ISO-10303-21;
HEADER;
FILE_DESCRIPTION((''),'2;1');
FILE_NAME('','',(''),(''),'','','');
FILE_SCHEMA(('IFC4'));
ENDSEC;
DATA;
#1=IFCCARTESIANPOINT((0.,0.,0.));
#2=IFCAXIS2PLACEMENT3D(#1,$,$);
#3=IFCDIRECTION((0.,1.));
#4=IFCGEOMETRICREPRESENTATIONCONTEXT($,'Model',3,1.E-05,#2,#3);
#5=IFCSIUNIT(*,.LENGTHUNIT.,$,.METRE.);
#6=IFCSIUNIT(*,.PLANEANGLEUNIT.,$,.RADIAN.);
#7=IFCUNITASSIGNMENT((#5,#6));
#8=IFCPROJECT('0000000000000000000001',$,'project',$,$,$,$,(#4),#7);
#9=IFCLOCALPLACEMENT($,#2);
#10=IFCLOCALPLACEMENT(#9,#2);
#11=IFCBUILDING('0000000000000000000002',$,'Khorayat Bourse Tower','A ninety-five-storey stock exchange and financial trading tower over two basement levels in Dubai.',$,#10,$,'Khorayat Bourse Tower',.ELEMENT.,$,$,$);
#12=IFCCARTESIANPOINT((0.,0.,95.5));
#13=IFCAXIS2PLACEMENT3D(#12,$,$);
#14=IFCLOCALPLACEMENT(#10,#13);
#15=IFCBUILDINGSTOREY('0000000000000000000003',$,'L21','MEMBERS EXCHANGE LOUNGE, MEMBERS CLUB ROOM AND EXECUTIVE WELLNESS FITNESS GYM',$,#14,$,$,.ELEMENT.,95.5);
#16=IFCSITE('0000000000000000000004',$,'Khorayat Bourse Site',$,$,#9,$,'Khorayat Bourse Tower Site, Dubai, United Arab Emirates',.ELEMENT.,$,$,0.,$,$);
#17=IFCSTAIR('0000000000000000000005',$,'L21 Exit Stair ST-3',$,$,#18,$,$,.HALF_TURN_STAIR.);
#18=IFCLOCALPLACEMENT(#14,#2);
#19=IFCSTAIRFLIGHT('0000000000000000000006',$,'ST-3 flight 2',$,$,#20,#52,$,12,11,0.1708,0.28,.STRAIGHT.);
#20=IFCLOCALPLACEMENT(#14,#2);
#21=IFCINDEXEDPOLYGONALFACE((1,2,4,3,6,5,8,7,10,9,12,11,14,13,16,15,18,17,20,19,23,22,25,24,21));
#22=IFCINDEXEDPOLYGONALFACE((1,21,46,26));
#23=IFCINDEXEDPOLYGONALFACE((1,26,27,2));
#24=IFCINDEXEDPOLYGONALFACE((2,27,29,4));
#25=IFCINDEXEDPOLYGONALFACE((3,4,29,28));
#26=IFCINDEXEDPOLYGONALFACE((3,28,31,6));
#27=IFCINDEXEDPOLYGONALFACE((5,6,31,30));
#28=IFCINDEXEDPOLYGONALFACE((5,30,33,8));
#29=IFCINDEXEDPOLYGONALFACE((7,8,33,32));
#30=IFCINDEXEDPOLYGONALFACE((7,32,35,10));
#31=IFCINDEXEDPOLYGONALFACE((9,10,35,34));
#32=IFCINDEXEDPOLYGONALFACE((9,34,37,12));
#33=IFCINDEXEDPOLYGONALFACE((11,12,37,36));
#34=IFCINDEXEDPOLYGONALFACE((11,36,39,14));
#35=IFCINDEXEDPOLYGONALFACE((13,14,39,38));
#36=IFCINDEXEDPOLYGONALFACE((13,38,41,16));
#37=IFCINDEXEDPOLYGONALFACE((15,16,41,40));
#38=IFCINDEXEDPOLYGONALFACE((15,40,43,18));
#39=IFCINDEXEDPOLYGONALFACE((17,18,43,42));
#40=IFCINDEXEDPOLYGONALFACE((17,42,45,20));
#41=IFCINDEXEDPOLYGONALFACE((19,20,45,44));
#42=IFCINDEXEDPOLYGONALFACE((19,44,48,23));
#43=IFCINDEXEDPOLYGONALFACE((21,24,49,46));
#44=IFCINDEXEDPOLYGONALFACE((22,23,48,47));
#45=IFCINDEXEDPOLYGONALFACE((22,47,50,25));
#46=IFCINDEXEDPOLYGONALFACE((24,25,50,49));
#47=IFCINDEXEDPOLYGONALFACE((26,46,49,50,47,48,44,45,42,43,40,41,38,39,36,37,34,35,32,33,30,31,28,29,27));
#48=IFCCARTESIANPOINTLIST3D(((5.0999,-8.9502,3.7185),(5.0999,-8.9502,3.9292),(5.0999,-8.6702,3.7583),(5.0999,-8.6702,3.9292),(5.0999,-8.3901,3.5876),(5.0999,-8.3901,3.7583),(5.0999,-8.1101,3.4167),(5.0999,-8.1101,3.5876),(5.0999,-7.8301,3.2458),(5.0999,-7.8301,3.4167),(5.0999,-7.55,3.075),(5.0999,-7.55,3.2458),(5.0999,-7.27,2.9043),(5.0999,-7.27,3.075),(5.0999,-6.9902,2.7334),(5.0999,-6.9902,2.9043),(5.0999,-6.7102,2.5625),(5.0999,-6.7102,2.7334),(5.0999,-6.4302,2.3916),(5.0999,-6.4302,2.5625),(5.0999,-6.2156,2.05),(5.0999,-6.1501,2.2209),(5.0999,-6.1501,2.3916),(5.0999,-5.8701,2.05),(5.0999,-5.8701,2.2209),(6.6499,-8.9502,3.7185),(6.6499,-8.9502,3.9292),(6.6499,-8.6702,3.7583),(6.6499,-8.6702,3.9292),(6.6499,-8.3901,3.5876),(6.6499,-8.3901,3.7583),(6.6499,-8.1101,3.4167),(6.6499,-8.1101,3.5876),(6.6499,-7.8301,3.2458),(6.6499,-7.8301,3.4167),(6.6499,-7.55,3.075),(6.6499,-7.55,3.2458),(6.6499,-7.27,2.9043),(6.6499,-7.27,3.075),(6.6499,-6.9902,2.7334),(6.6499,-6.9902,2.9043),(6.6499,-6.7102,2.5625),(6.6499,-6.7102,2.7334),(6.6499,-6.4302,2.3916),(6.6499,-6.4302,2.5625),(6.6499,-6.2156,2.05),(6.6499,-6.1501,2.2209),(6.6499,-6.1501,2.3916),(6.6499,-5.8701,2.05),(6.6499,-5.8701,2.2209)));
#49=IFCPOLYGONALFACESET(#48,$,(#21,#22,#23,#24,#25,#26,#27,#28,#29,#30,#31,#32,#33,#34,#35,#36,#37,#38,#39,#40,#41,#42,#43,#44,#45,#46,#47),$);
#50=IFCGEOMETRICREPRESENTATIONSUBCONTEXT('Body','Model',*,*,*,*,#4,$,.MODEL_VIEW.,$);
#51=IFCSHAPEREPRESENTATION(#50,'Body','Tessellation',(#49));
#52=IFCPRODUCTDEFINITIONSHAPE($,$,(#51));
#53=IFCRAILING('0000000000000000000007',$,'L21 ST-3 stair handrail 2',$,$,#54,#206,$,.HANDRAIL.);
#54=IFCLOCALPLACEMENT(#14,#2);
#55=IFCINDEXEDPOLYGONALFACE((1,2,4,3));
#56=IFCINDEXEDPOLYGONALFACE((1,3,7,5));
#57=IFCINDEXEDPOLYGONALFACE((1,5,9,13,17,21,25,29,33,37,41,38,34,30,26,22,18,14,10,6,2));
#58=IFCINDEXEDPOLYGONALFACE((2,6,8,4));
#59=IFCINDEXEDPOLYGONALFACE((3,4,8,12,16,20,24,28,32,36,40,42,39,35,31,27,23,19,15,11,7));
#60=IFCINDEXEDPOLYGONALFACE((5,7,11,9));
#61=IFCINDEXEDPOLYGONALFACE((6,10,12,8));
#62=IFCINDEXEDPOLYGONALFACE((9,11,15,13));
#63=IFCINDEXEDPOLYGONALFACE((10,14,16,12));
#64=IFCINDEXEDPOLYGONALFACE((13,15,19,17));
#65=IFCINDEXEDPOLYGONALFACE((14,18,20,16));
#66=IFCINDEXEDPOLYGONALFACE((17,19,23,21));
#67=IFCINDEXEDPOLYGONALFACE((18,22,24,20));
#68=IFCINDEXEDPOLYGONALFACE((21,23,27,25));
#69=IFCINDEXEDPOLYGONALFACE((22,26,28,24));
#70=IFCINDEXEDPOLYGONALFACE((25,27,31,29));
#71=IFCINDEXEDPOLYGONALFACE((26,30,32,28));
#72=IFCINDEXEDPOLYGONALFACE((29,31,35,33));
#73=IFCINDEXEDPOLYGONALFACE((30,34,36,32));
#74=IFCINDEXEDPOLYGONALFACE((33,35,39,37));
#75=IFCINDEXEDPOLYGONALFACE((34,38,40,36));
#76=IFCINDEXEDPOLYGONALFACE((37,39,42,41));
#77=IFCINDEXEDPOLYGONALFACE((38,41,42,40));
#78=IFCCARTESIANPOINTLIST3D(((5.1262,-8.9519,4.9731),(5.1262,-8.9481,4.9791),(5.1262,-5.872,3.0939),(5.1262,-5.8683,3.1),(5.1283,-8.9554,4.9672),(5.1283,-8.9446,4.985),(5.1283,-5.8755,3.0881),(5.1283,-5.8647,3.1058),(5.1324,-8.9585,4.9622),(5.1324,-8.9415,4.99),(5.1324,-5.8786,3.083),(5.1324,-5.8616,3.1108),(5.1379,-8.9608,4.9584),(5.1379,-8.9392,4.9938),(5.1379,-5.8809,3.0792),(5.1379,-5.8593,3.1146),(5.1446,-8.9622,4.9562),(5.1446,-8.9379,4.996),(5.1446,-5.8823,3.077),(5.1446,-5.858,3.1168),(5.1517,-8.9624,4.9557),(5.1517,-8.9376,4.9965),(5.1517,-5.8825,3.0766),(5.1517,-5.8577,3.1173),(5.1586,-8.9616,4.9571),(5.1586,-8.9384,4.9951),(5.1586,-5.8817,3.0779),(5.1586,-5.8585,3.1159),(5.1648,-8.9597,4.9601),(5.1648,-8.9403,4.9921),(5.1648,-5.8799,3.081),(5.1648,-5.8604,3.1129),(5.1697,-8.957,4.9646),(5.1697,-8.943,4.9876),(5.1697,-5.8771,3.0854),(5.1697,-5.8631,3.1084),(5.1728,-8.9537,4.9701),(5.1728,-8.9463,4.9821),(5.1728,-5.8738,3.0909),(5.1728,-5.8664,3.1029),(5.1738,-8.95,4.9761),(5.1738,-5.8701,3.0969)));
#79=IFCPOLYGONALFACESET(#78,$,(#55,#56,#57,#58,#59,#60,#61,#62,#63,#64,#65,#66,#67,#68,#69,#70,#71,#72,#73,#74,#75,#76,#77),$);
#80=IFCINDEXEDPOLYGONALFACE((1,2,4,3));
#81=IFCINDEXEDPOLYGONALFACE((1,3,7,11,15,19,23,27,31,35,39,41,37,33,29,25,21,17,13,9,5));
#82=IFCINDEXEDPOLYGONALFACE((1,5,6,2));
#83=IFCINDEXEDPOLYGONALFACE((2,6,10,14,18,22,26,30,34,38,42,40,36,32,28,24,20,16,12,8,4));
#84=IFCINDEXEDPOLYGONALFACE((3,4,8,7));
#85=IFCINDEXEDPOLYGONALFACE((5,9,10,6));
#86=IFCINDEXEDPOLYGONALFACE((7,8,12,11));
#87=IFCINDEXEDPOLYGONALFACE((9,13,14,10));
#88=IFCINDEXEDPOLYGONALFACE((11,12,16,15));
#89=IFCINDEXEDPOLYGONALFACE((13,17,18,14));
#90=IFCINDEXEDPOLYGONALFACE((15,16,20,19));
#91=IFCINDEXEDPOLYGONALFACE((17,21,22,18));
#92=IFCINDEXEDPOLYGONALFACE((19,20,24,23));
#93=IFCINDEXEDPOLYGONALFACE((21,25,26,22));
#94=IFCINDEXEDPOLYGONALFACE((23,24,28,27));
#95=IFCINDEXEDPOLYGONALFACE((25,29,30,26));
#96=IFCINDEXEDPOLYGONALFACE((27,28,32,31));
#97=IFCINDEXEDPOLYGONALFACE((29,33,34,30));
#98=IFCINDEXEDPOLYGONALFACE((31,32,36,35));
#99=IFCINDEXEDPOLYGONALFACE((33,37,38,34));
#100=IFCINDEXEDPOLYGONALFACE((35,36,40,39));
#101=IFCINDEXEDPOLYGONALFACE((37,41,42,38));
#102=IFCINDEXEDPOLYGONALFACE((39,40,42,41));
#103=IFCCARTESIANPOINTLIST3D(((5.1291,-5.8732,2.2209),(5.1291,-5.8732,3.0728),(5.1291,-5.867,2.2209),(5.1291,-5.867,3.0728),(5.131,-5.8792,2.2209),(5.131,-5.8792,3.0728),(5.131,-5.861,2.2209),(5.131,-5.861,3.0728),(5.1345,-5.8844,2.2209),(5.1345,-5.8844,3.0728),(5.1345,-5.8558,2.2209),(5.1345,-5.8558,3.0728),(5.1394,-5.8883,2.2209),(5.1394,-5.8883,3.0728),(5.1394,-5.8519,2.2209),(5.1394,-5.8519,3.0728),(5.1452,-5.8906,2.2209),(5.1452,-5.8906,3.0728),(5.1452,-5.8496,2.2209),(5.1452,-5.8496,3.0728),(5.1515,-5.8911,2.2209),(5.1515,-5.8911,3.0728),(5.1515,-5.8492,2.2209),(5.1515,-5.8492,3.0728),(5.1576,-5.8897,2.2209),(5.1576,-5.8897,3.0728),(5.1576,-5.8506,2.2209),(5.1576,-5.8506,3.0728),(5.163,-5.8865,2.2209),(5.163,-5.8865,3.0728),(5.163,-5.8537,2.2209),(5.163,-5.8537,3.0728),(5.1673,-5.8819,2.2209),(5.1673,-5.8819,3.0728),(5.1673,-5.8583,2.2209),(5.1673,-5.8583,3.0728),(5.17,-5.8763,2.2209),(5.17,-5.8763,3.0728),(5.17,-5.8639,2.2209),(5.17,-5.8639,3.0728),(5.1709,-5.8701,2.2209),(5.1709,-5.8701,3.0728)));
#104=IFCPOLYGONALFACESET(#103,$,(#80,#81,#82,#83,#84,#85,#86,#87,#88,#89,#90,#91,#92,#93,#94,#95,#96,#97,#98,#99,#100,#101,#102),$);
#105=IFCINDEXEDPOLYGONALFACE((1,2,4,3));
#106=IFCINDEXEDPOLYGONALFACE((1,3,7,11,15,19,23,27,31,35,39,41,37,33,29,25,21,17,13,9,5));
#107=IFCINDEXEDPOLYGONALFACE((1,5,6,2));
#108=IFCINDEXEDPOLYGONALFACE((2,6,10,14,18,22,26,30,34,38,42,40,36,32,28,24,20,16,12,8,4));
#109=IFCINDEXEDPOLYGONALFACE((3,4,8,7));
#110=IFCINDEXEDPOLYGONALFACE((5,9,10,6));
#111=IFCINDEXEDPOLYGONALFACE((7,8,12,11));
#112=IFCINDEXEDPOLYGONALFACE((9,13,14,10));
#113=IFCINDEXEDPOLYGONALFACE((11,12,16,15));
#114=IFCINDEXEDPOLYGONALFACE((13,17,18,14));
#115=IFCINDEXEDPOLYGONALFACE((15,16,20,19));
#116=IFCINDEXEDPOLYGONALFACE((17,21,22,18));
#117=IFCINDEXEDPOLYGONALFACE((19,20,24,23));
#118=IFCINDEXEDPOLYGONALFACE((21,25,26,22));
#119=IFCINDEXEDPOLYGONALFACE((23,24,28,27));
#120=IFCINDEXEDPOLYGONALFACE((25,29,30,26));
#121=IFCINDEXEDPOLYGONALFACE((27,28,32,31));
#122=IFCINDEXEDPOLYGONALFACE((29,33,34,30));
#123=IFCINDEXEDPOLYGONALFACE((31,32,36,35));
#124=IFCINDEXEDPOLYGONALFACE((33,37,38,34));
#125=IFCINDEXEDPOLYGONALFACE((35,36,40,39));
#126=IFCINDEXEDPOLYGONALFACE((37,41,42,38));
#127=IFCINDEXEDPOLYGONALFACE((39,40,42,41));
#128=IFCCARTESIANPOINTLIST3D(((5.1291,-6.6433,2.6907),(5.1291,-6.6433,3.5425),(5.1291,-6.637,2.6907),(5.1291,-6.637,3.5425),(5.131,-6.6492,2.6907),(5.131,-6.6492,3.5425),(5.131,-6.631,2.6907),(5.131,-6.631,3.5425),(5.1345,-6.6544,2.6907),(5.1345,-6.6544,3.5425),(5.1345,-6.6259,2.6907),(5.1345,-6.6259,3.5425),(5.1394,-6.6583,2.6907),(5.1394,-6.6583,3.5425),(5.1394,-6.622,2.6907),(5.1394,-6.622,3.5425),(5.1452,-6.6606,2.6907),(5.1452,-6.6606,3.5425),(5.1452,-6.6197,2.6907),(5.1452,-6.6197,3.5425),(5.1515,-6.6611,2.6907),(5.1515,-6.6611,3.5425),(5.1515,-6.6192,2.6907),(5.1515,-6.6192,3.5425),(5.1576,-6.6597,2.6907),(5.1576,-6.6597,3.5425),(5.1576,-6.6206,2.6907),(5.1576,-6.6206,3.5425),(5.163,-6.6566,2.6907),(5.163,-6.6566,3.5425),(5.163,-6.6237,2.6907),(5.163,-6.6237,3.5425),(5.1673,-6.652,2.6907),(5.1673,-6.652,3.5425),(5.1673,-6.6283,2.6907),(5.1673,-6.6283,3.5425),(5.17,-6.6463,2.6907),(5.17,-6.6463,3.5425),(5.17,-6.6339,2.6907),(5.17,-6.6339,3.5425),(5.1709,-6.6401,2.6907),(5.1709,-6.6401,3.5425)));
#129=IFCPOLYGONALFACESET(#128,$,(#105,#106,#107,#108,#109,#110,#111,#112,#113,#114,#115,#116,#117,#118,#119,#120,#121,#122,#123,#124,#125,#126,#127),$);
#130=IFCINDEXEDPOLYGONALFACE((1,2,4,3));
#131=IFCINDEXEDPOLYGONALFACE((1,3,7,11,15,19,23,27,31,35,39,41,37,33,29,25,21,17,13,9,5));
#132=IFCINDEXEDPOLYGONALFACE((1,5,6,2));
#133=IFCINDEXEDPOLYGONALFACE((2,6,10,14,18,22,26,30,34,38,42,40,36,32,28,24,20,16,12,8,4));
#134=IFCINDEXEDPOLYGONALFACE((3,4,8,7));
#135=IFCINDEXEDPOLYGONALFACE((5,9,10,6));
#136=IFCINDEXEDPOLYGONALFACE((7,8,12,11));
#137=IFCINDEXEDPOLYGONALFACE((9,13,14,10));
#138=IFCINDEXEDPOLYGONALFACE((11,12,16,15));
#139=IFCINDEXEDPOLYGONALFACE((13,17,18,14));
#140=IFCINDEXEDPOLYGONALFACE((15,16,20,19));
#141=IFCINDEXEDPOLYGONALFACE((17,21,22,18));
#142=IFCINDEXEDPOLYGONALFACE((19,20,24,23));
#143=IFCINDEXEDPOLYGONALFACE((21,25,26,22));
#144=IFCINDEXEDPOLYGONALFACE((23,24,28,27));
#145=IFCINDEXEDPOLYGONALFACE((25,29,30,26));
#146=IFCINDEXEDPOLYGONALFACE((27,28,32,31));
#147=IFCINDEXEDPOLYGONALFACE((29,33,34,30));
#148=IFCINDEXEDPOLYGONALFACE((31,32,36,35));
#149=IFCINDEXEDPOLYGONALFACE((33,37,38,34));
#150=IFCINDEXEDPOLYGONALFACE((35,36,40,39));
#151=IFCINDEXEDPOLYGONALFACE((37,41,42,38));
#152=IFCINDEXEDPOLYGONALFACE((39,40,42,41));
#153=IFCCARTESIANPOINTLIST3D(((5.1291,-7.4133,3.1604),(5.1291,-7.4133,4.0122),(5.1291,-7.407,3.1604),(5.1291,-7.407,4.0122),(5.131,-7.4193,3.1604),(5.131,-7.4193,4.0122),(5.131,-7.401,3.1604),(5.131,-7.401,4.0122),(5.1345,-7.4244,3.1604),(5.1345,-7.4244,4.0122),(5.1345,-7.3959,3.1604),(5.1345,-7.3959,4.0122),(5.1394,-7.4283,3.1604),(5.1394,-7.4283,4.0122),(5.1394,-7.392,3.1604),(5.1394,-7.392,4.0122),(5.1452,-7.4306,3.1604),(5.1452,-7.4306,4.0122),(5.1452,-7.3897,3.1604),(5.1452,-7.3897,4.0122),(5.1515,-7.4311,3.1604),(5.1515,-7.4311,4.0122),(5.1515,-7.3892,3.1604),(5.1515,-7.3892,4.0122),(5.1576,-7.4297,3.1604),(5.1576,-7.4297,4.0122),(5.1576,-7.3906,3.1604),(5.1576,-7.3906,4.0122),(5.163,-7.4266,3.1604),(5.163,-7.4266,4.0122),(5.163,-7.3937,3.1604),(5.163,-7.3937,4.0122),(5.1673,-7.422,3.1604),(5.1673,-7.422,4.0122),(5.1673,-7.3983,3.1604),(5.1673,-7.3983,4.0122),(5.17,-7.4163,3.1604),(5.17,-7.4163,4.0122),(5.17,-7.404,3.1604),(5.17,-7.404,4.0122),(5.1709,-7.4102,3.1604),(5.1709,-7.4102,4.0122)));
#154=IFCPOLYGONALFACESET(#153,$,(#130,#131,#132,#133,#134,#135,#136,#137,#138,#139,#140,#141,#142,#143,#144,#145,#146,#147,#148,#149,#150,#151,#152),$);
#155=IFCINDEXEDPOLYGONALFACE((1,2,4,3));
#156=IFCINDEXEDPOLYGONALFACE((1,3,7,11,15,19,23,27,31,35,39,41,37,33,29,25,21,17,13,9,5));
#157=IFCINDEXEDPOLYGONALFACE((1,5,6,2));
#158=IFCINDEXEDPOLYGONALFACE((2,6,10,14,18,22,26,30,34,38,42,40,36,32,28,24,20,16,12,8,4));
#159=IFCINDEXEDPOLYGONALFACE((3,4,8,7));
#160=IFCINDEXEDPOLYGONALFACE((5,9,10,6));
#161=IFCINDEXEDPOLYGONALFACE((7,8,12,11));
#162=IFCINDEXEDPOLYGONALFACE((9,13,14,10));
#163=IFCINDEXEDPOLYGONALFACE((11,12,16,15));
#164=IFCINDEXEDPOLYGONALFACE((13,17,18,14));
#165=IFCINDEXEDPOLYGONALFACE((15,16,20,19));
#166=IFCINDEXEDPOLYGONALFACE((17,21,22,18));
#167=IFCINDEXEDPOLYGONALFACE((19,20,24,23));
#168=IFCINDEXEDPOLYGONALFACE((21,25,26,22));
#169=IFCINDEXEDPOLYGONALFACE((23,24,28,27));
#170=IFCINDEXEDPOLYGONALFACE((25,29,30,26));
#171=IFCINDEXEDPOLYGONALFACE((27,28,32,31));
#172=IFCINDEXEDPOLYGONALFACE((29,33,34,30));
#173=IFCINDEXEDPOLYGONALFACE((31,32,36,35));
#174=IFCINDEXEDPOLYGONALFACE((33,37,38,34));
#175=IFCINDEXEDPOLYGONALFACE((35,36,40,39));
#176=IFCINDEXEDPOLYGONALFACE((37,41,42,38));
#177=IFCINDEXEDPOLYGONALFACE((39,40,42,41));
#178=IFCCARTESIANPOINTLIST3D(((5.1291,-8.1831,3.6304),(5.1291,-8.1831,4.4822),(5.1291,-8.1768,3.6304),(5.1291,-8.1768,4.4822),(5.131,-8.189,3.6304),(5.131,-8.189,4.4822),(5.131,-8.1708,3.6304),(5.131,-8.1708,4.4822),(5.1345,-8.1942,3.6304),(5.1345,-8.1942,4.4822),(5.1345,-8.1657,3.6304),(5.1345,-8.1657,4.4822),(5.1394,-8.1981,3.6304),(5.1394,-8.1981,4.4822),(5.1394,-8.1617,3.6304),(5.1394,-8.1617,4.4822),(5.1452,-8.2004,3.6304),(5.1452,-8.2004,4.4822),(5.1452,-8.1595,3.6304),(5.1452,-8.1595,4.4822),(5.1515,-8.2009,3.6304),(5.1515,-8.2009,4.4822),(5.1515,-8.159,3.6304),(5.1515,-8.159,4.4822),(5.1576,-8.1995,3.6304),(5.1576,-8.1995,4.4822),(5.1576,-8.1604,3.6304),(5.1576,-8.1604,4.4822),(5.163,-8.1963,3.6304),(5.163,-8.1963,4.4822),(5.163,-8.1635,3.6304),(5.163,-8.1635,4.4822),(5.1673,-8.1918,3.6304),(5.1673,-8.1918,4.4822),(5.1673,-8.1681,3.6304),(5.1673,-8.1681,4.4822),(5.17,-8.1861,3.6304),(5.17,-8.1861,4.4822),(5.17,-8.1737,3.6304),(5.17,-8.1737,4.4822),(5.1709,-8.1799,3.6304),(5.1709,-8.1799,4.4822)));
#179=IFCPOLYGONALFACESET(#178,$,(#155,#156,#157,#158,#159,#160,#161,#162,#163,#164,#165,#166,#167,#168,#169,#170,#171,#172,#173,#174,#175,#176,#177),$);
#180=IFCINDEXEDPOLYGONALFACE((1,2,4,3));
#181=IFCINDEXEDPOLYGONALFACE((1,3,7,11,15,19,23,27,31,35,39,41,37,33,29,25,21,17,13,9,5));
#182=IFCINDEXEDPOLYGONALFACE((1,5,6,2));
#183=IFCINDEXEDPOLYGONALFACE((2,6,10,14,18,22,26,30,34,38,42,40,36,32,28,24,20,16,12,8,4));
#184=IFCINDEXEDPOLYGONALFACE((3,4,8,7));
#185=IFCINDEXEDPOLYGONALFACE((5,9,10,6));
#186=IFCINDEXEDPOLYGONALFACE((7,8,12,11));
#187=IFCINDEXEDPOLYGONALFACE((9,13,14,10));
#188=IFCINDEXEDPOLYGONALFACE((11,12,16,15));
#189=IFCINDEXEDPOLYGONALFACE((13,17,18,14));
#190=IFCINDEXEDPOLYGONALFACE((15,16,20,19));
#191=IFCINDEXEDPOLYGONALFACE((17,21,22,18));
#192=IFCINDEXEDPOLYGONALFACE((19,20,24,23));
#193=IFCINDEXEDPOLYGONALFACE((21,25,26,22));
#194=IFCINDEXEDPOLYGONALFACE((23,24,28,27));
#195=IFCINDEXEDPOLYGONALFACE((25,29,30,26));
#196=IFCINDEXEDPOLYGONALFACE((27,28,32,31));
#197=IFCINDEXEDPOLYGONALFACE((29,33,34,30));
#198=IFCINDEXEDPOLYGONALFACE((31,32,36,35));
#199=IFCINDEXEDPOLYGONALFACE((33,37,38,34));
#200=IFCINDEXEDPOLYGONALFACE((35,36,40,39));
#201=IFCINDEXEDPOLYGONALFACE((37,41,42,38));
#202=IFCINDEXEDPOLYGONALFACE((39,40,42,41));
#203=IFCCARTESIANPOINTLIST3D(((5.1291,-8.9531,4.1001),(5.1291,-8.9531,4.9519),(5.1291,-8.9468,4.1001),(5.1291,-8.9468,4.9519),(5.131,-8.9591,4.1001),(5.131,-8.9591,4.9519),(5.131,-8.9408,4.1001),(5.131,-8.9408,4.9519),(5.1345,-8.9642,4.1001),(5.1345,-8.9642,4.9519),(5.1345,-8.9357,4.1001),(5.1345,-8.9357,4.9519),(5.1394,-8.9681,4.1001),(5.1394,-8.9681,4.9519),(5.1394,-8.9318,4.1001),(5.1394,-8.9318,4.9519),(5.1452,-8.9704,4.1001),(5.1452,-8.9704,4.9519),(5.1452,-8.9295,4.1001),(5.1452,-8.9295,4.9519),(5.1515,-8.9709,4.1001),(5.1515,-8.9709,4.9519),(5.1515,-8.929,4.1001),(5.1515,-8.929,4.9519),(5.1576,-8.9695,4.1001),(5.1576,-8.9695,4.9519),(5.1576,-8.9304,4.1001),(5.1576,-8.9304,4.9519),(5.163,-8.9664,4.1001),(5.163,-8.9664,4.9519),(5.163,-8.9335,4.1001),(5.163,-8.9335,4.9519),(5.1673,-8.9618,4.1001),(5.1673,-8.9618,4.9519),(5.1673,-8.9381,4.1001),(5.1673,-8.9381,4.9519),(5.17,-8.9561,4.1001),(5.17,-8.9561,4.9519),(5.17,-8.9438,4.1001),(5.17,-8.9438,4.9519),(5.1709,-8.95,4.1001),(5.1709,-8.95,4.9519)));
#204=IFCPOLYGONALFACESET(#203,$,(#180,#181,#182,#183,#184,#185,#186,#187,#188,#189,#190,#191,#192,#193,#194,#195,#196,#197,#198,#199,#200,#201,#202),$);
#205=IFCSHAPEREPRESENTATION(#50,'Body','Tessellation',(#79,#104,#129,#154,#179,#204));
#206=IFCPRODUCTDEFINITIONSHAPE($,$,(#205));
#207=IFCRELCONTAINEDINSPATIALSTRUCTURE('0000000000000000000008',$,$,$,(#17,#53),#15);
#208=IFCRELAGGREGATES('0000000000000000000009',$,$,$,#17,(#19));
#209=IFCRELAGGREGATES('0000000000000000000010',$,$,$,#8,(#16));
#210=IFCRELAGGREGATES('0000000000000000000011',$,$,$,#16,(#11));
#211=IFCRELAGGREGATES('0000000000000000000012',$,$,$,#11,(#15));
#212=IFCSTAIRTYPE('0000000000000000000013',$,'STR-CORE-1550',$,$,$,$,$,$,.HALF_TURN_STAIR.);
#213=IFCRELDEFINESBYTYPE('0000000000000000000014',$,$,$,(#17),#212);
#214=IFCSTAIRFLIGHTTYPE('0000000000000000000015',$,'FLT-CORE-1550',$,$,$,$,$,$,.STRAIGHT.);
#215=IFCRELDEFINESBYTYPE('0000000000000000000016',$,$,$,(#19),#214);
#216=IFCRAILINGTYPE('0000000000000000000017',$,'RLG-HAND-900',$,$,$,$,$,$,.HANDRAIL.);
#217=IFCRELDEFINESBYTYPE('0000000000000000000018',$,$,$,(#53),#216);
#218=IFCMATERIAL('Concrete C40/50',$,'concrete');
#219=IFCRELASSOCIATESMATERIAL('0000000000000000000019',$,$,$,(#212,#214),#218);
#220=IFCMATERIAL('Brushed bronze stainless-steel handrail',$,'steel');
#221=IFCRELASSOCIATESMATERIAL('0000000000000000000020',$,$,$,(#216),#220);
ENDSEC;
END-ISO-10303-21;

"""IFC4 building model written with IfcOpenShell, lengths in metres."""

from ifc_helpers import new_model, si_unit, direction, frame, origin, origin_2d, place, context, subcontext, project, spatial, polyline, circle, outline, extrude, source, transform, mapped, material, type_object, element, aggregate, save


model = new_model("IFC4")

# Units and contexts
model_context = context("Model", 3, precision=1e-05, world=origin(), true_north=direction((0.0, 1.0)))
body_context = subcontext(model_context, "Body", "Model", "MODEL_VIEW")
ifc_project = project(units=[si_unit("LENGTHUNIT", "METRE"), si_unit("PLANEANGLEUNIT", "RADIAN")], contexts=[model_context])

# Site, building, storey
site_placement = place(None, origin())
site = spatial("IfcSite", under=ifc_project, at=site_placement, Name="Khorayat Bourse Site", LongName="Khorayat Bourse Tower Site, Dubai, United Arab Emirates", CompositionType="ELEMENT", RefElevation=0.0)
building_placement = place(site_placement, origin())
building = spatial("IfcBuilding", under=site, at=building_placement, Name="Khorayat Bourse Tower", Description="A ninety-five-storey stock exchange and financial trading tower over two basement levels in Dubai.", LongName="Khorayat Bourse Tower", CompositionType="ELEMENT")
storey_placement = place(building_placement, frame((0.0, 0.0, 95.5)))
storey = spatial("IfcBuildingStorey", under=building, at=storey_placement, Name="L21", Description="MEMBERS EXCHANGE LOUNGE, MEMBERS CLUB ROOM AND EXECUTIVE WELLNESS FITNESS GYM", CompositionType="ELEMENT", Elevation=95.5)

# Stair, stair flight
ifc_material_1 = material(Name="Concrete C40/50", Category="concrete")
stair_type = type_object("IfcStairType", Name="STR-CORE-1550", PredefinedType="HALF_TURN_STAIR", material=ifc_material_1)
stair_placement = place(storey_placement, origin())
stair = element("IfcStair", 1, at=stair_placement, inside=storey, type_object=stair_type, Name="L21 Exit Stair ST-3", PredefinedType="HALF_TURN_STAIR")
stair_flight_type = type_object("IfcStairFlightType", Name="FLT-CORE-1550", PredefinedType="STRAIGHT", material=ifc_material_1)
shared_shape_1 = source(origin(), body_context, "Body", "SweptSolid", [
    extrude(outline(polyline([(0.0, 0.0), (0.0, 0.1709), (0.28, 0.1709), (0.28, 0.3416), (0.5601, 0.3416), (0.5601, 0.5125), (0.8401, 0.5125), (0.8401, 0.6833), (1.1201, 0.6833), (1.1201, 0.8542), (1.3999, 0.8542), (1.3999, 1.0249), (1.6799, 1.0249), (1.6799, 1.1958), (1.96, 1.1958), (1.96, 1.3667), (2.24, 1.3667), (2.24, 1.5376), (2.52, 1.5376), (2.52, 1.7083), (2.8, 1.7083), (2.8, 1.8792), (3.0801, 1.8792), (3.0801, 2.05), (3.0801, 1.6685), (0.3455, 0.0), (0.0, 0.0)])), frame((0.0, 0.7749, 0.0), z_axis=(0.0, -1.0, 0.0), x_axis=(1.0, 0.0, 0.0)), (0.0, 0.0, 1.0), 1.55),
])
stair_flight_placement = place(storey_placement, frame((5.875, -5.8701, 2.05), z_axis=(0.0, 0.0, 1.0), x_axis=(0.0, -1.0, 0.0)))
stair_flight = element("IfcStairFlight", 2, at=stair_flight_placement, type_object=stair_flight_type, Name="ST-3 flight 2", NumberOfRisers=12, NumberOfTreads=11, PredefinedType="STRAIGHT", RiserHeight=0.1708, TreadLength=0.28, context=body_context, shape_type="MappedRepresentation", body=[
    mapped(shared_shape_1, transform((0.0, 0.0, 0.0), scale=1.0)),
])
aggregate(stair, [stair_flight])

# Railing
ifc_material_2 = material(Name="Brushed bronze stainless-steel handrail", Category="steel")
railing_type = type_object("IfcRailingType", Name="RLG-HAND-900", PredefinedType="HANDRAIL", material=ifc_material_2)
shared_shape_2 = source(origin(), body_context, "Body", "SweptSolid", [
    extrude(circle(Radius=0.0239, at=origin_2d()), frame((0.0, 0.0, 0.876), z_axis=(0.0, -0.853648, 0.52085), x_axis=(1.0, 0.0, 0.0)), (0.0, 0.0, 1.0), 3.6079),
    extrude(circle(Radius=0.021, at=origin_2d()), origin(), (0.0, 0.0, 1.0), 0.8518),
    extrude(circle(Radius=0.021, at=origin_2d()), frame((0.0, -0.77, 0.4697)), (0.0, 0.0, 1.0), 0.8518),
    extrude(circle(Radius=0.021, at=origin_2d()), frame((0.0, -1.54, 0.9395)), (0.0, 0.0, 1.0), 0.8518),
    extrude(circle(Radius=0.021, at=origin_2d()), frame((0.0, -2.3098, 1.4094)), (0.0, 0.0, 1.0), 0.8518),
    extrude(circle(Radius=0.021, at=origin_2d()), frame((0.0, -3.0798, 1.8792)), (0.0, 0.0, 1.0), 0.8518),
])
railing_placement = place(storey_placement, frame((5.1499, -5.8701, 2.2209)))
element("IfcRailing", 3, at=railing_placement, inside=storey, type_object=railing_type, Name="L21 ST-3 stair handrail 2", PredefinedType="HANDRAIL", context=body_context, shape_type="MappedRepresentation", body=[
    mapped(shared_shape_2, transform((0.0, 0.0, 0.0), scale=1.0)),
])

save(model, "model.ifc")
